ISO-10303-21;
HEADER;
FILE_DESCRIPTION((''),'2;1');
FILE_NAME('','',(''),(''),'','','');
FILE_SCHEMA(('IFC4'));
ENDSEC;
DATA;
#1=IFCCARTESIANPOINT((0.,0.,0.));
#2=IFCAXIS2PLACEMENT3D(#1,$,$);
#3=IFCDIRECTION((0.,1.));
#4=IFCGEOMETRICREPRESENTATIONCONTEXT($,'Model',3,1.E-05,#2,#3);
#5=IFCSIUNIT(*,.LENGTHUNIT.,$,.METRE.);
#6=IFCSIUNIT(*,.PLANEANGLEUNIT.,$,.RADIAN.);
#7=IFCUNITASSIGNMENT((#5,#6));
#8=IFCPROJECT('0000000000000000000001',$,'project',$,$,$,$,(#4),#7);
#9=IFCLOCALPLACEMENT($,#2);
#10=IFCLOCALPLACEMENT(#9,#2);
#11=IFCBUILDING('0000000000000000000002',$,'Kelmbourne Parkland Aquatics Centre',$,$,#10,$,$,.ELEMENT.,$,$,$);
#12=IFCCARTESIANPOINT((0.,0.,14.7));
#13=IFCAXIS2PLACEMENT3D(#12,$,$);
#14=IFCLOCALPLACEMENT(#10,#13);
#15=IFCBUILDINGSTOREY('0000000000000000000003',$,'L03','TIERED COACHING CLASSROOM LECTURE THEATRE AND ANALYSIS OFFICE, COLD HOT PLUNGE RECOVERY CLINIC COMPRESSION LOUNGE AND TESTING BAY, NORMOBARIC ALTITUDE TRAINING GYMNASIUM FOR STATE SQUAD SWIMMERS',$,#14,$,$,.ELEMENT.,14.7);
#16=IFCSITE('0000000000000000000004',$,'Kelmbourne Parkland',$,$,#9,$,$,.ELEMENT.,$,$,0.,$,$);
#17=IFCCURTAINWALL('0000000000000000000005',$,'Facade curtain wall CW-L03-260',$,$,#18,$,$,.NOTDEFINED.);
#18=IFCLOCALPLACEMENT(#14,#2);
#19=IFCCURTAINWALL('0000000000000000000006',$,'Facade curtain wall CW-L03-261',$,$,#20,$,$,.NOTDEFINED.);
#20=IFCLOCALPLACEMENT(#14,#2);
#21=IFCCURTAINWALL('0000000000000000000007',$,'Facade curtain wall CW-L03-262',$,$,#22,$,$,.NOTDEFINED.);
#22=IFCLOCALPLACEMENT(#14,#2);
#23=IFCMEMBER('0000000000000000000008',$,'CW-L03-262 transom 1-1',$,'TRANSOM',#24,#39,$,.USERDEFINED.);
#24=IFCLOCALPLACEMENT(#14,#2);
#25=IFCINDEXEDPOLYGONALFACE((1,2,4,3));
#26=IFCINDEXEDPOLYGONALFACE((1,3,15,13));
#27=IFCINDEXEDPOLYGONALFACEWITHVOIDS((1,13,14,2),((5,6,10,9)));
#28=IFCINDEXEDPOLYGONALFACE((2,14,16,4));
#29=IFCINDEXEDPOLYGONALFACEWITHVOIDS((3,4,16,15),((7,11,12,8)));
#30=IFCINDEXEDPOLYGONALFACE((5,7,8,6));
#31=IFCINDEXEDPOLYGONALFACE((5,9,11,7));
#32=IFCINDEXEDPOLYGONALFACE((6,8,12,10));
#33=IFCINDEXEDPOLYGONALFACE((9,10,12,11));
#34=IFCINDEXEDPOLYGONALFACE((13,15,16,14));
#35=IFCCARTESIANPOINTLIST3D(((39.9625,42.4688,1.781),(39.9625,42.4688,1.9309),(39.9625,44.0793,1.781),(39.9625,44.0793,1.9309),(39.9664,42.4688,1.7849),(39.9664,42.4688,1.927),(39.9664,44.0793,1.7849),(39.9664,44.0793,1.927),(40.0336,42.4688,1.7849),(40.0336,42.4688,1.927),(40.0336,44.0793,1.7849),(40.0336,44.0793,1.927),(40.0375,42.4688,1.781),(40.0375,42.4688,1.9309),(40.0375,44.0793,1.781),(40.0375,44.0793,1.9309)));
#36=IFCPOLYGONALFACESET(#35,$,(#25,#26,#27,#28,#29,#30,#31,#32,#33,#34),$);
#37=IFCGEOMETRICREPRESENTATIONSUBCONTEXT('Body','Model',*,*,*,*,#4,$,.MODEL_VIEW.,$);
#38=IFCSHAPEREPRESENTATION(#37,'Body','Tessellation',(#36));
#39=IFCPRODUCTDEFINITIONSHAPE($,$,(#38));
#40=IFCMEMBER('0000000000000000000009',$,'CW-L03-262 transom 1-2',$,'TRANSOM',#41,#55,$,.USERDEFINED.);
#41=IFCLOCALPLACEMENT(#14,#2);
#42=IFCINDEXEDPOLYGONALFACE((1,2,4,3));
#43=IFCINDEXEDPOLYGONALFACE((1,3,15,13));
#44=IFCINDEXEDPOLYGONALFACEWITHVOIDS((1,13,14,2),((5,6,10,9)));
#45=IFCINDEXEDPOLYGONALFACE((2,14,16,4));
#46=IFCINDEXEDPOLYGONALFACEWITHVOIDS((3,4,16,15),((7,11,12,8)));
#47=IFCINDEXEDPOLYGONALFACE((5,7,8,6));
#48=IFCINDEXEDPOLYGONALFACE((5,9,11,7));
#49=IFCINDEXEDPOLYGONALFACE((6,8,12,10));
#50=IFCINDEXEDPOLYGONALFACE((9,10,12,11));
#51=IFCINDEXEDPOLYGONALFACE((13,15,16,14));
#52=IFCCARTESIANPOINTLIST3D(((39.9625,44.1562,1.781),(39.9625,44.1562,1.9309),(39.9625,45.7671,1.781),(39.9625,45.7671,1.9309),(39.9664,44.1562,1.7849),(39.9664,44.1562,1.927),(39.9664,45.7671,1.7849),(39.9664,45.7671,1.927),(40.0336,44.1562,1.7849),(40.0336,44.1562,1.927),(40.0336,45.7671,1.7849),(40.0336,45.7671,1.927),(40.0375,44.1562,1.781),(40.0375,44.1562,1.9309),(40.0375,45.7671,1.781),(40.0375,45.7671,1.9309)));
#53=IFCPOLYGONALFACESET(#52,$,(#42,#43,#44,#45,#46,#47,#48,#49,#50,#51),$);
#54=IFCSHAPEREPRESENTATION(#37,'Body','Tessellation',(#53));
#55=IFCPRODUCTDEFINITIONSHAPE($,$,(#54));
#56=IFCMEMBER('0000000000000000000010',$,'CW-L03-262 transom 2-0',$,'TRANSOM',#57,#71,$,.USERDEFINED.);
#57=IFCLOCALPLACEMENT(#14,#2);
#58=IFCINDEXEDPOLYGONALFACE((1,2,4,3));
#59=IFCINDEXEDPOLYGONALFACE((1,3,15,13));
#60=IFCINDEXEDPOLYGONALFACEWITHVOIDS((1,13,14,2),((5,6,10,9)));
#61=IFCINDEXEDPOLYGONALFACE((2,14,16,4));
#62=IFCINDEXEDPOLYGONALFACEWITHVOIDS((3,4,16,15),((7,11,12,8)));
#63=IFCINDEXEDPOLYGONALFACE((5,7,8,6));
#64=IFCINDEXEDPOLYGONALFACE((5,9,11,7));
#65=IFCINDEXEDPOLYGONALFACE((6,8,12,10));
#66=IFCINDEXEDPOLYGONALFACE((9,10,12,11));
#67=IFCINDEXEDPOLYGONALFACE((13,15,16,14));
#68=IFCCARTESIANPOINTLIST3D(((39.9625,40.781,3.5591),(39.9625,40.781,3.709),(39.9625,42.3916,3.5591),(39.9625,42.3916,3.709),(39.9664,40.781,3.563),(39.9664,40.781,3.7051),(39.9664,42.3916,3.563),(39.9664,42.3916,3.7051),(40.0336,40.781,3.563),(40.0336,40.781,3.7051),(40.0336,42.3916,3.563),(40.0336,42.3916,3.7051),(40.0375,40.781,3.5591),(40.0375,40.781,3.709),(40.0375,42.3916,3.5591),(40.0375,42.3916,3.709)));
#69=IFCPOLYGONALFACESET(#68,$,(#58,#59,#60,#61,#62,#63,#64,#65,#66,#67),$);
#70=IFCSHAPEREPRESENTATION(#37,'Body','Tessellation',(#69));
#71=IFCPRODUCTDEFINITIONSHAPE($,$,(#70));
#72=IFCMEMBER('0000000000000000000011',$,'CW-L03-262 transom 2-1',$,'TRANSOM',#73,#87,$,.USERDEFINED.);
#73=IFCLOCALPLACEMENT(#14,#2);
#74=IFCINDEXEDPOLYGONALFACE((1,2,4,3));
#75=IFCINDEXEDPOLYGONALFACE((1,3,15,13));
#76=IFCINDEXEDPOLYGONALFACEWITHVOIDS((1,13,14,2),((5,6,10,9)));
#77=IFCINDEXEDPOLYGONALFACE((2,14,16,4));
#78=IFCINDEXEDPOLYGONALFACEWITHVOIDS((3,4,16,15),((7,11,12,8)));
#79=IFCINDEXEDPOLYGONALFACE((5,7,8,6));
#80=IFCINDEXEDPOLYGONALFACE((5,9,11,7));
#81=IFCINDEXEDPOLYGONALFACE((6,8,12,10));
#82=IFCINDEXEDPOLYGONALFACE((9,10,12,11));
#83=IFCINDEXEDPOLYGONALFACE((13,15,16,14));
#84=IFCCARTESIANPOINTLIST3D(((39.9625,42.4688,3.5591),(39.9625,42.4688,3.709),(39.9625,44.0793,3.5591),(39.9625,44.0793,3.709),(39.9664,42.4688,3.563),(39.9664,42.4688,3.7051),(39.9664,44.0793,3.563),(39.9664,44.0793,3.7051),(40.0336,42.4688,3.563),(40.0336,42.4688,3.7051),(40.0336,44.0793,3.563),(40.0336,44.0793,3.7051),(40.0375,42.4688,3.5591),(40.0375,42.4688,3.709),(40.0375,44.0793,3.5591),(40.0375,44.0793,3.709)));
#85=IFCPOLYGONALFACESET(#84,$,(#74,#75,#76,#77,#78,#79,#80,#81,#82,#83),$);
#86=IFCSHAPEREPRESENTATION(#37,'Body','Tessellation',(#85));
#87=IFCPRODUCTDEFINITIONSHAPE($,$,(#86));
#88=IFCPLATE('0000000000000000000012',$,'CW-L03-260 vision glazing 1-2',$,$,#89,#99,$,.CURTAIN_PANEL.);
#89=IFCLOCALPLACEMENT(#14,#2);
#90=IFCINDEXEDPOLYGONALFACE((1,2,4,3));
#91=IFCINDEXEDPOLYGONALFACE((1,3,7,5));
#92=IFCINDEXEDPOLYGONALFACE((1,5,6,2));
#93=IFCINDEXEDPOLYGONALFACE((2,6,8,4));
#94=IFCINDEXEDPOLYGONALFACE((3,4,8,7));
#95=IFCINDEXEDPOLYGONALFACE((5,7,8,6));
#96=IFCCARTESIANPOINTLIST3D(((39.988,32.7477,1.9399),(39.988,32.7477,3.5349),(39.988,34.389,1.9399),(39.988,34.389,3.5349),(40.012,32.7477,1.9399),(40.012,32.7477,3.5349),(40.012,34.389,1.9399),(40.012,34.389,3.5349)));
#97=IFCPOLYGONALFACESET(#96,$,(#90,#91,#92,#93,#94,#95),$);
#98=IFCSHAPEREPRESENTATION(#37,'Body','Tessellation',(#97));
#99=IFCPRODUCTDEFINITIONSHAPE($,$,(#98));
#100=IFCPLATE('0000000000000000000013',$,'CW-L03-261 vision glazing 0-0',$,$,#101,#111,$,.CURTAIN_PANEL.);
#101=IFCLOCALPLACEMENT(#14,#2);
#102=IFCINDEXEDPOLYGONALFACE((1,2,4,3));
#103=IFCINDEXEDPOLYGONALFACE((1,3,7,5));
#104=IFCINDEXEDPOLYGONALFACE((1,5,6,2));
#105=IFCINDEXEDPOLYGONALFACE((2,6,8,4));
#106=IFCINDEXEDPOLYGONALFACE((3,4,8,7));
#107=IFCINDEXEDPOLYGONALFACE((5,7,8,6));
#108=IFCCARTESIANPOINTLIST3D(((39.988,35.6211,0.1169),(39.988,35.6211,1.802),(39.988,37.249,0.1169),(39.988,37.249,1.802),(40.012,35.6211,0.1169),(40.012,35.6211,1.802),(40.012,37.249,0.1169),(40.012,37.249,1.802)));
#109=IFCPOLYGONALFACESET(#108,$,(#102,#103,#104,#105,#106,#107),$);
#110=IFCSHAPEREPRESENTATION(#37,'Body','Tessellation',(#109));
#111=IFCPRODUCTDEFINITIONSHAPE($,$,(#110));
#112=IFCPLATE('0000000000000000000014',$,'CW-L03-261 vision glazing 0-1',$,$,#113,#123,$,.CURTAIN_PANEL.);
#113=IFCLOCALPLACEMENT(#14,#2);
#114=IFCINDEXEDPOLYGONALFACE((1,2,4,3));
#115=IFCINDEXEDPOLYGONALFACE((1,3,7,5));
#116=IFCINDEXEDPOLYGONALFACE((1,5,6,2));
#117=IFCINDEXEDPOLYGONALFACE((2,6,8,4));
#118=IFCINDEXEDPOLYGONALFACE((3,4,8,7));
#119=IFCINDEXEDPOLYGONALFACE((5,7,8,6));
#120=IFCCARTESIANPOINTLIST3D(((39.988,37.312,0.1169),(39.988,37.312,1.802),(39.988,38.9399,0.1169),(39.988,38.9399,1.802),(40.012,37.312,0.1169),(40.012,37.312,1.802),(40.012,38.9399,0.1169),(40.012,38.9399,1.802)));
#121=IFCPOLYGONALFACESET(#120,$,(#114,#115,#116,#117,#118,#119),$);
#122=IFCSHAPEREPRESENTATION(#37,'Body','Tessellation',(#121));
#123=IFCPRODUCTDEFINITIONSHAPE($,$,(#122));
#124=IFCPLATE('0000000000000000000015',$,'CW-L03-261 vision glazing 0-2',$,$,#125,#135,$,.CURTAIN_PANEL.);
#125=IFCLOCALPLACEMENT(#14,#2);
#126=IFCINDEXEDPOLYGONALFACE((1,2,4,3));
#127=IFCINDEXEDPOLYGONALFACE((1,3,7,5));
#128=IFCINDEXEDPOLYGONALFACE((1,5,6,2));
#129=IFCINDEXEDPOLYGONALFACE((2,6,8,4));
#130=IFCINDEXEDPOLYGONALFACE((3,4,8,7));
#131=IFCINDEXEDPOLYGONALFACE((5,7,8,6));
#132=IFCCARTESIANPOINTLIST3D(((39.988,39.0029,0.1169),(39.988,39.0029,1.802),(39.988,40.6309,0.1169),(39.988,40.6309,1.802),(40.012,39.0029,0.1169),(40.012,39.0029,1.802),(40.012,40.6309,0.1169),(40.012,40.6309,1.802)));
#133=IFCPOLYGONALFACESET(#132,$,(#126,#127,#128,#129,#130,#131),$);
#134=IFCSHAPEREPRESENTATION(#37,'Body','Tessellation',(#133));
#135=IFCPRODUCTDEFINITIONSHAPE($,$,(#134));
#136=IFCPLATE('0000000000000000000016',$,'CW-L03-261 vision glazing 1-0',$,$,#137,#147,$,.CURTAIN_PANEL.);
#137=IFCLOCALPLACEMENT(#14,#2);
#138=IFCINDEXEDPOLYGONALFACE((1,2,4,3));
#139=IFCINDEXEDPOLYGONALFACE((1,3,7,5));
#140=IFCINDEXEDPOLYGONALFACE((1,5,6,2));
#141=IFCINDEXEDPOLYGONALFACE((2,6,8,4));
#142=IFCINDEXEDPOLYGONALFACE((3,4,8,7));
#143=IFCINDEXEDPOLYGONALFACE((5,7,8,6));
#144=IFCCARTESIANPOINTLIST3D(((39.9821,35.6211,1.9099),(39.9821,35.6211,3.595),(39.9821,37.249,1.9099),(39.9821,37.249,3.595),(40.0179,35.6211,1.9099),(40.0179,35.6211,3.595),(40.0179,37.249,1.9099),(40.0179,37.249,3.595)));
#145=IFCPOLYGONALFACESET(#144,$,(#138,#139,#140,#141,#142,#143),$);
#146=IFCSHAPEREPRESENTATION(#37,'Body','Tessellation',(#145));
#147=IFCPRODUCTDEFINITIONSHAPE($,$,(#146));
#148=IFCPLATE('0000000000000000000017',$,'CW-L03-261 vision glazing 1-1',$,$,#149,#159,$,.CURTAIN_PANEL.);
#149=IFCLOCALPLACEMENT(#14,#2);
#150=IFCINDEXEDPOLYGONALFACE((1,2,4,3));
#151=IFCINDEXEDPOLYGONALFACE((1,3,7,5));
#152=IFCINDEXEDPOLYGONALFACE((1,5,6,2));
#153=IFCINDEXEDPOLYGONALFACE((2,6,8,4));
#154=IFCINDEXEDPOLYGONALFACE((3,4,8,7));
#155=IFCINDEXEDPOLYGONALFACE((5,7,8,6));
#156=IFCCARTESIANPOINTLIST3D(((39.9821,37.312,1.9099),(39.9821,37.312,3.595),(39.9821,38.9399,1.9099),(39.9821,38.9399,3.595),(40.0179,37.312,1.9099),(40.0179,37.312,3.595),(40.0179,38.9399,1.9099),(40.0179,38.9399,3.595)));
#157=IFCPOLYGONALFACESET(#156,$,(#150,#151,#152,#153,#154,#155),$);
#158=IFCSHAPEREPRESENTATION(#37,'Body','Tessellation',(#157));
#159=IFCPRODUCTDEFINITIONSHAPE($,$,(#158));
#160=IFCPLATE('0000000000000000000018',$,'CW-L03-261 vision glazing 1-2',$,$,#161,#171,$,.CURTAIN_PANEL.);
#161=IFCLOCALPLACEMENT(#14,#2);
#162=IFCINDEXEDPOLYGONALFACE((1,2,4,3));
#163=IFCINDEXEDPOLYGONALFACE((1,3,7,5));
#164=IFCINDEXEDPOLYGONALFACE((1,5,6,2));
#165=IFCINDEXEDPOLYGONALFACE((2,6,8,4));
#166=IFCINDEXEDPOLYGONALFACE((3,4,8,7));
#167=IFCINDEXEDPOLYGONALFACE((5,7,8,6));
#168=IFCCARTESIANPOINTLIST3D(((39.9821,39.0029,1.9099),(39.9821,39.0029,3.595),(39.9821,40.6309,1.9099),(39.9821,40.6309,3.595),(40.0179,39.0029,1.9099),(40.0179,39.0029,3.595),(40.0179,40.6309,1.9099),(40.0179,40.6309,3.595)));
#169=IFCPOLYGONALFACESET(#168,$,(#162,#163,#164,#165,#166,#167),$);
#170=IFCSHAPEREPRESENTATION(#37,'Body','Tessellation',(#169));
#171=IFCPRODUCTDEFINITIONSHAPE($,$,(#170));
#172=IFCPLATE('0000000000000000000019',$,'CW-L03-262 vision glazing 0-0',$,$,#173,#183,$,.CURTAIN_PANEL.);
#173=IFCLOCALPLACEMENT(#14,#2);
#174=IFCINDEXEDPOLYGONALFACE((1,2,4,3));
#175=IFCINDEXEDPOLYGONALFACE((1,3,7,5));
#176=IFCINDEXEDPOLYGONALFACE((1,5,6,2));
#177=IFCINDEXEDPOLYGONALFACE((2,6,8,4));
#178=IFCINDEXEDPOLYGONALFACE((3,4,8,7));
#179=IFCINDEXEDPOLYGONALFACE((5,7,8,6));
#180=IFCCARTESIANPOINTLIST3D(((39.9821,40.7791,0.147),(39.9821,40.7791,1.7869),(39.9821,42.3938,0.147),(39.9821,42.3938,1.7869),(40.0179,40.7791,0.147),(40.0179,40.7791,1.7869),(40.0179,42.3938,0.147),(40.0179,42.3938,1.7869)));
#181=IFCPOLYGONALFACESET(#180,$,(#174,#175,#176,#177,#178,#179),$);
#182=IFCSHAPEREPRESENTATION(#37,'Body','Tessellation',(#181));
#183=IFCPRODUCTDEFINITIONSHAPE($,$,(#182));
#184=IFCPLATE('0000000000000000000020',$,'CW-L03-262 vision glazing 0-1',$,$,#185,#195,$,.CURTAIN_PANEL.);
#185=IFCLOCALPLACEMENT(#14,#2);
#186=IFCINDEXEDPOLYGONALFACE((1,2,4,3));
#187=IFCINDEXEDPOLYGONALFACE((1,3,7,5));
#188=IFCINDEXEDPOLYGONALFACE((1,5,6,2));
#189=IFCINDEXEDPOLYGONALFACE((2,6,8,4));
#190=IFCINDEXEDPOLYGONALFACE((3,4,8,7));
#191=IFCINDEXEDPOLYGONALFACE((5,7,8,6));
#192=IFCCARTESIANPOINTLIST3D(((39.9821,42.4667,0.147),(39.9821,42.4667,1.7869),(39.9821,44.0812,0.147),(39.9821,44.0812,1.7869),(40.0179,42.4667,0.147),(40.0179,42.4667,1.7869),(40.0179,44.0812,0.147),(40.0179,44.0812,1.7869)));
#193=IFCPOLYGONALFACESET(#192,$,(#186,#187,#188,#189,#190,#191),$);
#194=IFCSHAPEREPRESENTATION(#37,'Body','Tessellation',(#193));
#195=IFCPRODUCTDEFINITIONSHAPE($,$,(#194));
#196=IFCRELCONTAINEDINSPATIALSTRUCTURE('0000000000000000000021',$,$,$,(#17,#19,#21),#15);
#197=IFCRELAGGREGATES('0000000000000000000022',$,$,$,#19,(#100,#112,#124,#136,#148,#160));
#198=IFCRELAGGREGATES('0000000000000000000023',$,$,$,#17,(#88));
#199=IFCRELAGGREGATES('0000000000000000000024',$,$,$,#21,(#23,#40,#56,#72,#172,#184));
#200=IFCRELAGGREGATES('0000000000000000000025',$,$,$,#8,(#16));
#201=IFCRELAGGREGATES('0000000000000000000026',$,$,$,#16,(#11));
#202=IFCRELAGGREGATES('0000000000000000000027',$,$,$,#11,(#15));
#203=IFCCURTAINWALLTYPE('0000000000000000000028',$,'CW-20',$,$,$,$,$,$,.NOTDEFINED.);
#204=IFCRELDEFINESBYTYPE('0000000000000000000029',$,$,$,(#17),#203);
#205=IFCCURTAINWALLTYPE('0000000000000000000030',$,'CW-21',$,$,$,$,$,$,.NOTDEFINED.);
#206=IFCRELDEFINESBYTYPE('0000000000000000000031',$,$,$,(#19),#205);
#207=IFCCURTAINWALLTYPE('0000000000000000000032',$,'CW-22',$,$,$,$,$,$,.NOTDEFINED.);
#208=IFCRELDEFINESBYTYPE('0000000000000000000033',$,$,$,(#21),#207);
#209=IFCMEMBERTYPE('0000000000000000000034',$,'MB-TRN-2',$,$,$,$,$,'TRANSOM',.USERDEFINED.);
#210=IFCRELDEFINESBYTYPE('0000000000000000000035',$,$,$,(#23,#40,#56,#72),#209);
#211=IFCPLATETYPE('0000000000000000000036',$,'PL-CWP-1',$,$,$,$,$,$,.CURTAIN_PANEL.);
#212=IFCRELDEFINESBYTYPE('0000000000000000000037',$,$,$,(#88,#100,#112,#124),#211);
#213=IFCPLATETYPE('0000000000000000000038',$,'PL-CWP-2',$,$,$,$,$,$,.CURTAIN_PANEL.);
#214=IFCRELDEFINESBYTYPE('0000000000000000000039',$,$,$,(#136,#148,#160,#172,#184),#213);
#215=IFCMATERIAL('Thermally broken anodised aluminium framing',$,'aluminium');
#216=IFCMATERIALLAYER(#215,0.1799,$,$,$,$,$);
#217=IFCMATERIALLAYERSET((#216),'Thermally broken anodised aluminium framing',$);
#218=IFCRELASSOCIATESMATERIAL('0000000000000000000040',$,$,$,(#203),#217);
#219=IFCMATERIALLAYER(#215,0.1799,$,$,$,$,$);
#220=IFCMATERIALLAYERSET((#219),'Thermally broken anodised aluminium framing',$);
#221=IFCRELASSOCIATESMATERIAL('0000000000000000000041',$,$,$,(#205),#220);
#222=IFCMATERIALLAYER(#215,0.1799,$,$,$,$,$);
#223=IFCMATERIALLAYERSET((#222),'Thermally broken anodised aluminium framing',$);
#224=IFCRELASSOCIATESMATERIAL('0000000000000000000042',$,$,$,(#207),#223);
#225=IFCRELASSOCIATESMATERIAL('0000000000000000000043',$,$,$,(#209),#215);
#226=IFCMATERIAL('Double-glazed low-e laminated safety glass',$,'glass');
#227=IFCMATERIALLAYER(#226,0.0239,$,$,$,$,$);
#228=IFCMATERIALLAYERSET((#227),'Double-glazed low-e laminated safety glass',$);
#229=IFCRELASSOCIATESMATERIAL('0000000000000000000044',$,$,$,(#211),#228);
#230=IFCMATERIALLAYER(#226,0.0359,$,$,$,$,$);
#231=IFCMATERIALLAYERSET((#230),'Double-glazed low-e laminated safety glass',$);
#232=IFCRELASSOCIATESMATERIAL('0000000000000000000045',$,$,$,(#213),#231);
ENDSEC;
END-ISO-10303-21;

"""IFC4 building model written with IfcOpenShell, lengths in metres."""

from ifc_helpers import new_model, si_unit, direction, frame, origin, origin_2d, place, context, subcontext, project, spatial, rectangle, hollow_rectangle, extrude, material, layer, layer_set, material_profile, profile_set, type_object, element, aggregate, save


model = new_model("IFC4")

# Units and contexts
model_context = context("Model", 3, precision=1e-05, world=origin(), true_north=direction((0.0, 1.0)))
body_context = subcontext(model_context, "Body", "Model", "MODEL_VIEW")
ifc_project = project(units=[si_unit("LENGTHUNIT", "METRE"), si_unit("PLANEANGLEUNIT", "RADIAN")], contexts=[model_context])

# Site, building, storey
site_placement = place(None, origin())
site = spatial("IfcSite", under=ifc_project, at=site_placement, Name="Kelmbourne Parkland", CompositionType="ELEMENT", RefElevation=0.0)
building_placement = place(site_placement, origin())
building = spatial("IfcBuilding", under=site, at=building_placement, Name="Kelmbourne Parkland Aquatics Centre", CompositionType="ELEMENT")
storey_placement = place(building_placement, frame((0.0, 0.0, 14.7)))
storey = spatial("IfcBuildingStorey", under=building, at=storey_placement, Name="L03", Description="TIERED COACHING CLASSROOM LECTURE THEATRE AND ANALYSIS OFFICE, COLD HOT PLUNGE RECOVERY CLINIC COMPRESSION LOUNGE AND TESTING BAY, NORMOBARIC ALTITUDE TRAINING GYMNASIUM FOR STATE SQUAD SWIMMERS", CompositionType="ELEMENT", Elevation=14.7)

# Curtain wall
ifc_material_1 = material(Name="Thermally broken anodised aluminium framing", Category="aluminium")
ifc_layer_1 = layer(ifc_material_1, 0.1799)
ifc_layer_set_1 = layer_set([ifc_layer_1], Name="Thermally broken anodised aluminium framing")
curtain_wall_type_1 = type_object("IfcCurtainWallType", Name="CW-20", PredefinedType="NOTDEFINED", material=ifc_layer_set_1)
curtain_wall_1_placement = place(storey_placement, origin())
curtain_wall_1 = element("IfcCurtainWall", 1, at=curtain_wall_1_placement, inside=storey, type_object=curtain_wall_type_1, Name="Facade curtain wall CW-L03-260", PredefinedType="NOTDEFINED")

# Curtain walls
ifc_layer_2 = layer(ifc_material_1, 0.1799)
ifc_layer_set_2 = layer_set([ifc_layer_2], Name="Thermally broken anodised aluminium framing")
curtain_wall_type_2 = type_object("IfcCurtainWallType", Name="CW-21", PredefinedType="NOTDEFINED", material=ifc_layer_set_2)
curtain_wall_2_placement = place(storey_placement, origin())
curtain_wall_2 = element("IfcCurtainWall", 2, at=curtain_wall_2_placement, inside=storey, type_object=curtain_wall_type_2, Name="Facade curtain wall CW-L03-261", PredefinedType="NOTDEFINED")
ifc_layer_3 = layer(ifc_material_1, 0.1799)
ifc_layer_set_3 = layer_set([ifc_layer_3], Name="Thermally broken anodised aluminium framing")
curtain_wall_type_3 = type_object("IfcCurtainWallType", Name="CW-22", PredefinedType="NOTDEFINED", material=ifc_layer_set_3)
curtain_wall_3_placement = place(storey_placement, origin())
curtain_wall_3 = element("IfcCurtainWall", 3, at=curtain_wall_3_placement, inside=storey, type_object=curtain_wall_type_3, Name="Facade curtain wall CW-L03-262", PredefinedType="NOTDEFINED")

# Members
ifc_material_profile_1 = material_profile(ifc_material_1, hollow_rectangle(XDim=0.075, YDim=0.1499, WallThickness=0.0039, at=origin_2d()), Name="CW-T 75x150")
ifc_profile_set_1 = profile_set([ifc_material_profile_1], Name="Thermally broken anodised aluminium framing")
member_type_1 = type_object("IfcMemberType", Name="MB-TRN-2", ElementType="TRANSOM", PredefinedType="USERDEFINED", material=ifc_profile_set_1)
member_1_placement = place(storey_placement, frame((40.0, 42.4688, 1.856), z_axis=(0.0, 1.0, 0.0), x_axis=(-1.0, 0.0, 0.0)))
member_1 = element("IfcMember", 4, at=member_1_placement, type_object=member_type_1, Name="CW-L03-262 transom 1-1", ObjectType="TRANSOM", PredefinedType="USERDEFINED", context=body_context, shape_type="SweptSolid", body=[
    extrude(hollow_rectangle(XDim=0.075, YDim=0.1499, WallThickness=0.0039, at=origin_2d()), origin(), (0.0, 0.0, 1.0), 1.6106),
])
member_2_placement = place(storey_placement, frame((40.0, 44.1562, 1.856), z_axis=(0.0, 1.0, 0.0), x_axis=(-1.0, 0.0, 0.0)))
member_2 = element("IfcMember", 5, at=member_2_placement, type_object=member_type_1, Name="CW-L03-262 transom 1-2", ObjectType="TRANSOM", PredefinedType="USERDEFINED", context=body_context, shape_type="SweptSolid", body=[
    extrude(hollow_rectangle(XDim=0.075, YDim=0.1499, WallThickness=0.0039, at=origin_2d()), origin(), (0.0, 0.0, 1.0), 1.6108),
])
member_3_placement = place(storey_placement, frame((40.0, 40.781, 3.634), z_axis=(0.0, 1.0, 0.0), x_axis=(-1.0, 0.0, 0.0)))
member_3 = element("IfcMember", 6, at=member_3_placement, type_object=member_type_1, Name="CW-L03-262 transom 2-0", ObjectType="TRANSOM", PredefinedType="USERDEFINED", context=body_context, shape_type="SweptSolid", body=[
    extrude(hollow_rectangle(XDim=0.075, YDim=0.1499, WallThickness=0.0039, at=origin_2d()), origin(), (0.0, 0.0, 1.0), 1.6106),
])
member_4_placement = place(storey_placement, frame((40.0, 42.4688, 3.634), z_axis=(0.0, 1.0, 0.0), x_axis=(-1.0, 0.0, 0.0)))
member_4 = element("IfcMember", 7, at=member_4_placement, type_object=member_type_1, Name="CW-L03-262 transom 2-1", ObjectType="TRANSOM", PredefinedType="USERDEFINED", context=body_context, shape_type="SweptSolid", body=[
    extrude(hollow_rectangle(XDim=0.075, YDim=0.1499, WallThickness=0.0039, at=origin_2d()), origin(), (0.0, 0.0, 1.0), 1.6106),
])

# Plates
ifc_material_2 = material(Name="Double-glazed low-e laminated safety glass", Category="glass")
ifc_layer_4 = layer(ifc_material_2, 0.0239)
ifc_layer_set_4 = layer_set([ifc_layer_4], Name="Double-glazed low-e laminated safety glass")
plate_type_1 = type_object("IfcPlateType", Name="PL-CWP-1", PredefinedType="CURTAIN_PANEL", material=ifc_layer_set_4)
plate_1_placement = place(storey_placement, frame((40.0, 33.5684, 1.9399), z_axis=(0.0, 0.0, 1.0), x_axis=(0.0, 1.0, 0.0)))
plate_1 = element("IfcPlate", 8, at=plate_1_placement, type_object=plate_type_1, Name="CW-L03-260 vision glazing 1-2", PredefinedType="CURTAIN_PANEL", context=body_context, shape_type="SweptSolid", body=[
    extrude(rectangle(XDim=1.6414, YDim=0.0239, at=origin_2d()), origin(), (0.0, 0.0, 1.0), 1.595),
])
plate_2_placement = place(storey_placement, frame((40.0, 36.4351, 0.1169), z_axis=(0.0, 0.0, 1.0), x_axis=(0.0, 1.0, 0.0)))
plate_2 = element("IfcPlate", 9, at=plate_2_placement, type_object=plate_type_1, Name="CW-L03-261 vision glazing 0-0", PredefinedType="CURTAIN_PANEL", context=body_context, shape_type="SweptSolid", body=[
    extrude(rectangle(XDim=1.6279, YDim=0.0239, at=origin_2d()), origin(), (0.0, 0.0, 1.0), 1.6851),
])
plate_3_placement = place(storey_placement, frame((40.0, 38.126, 0.1169), z_axis=(0.0, 0.0, 1.0), x_axis=(0.0, 1.0, 0.0)))
plate_3 = element("IfcPlate", 10, at=plate_3_placement, type_object=plate_type_1, Name="CW-L03-261 vision glazing 0-1", PredefinedType="CURTAIN_PANEL", context=body_context, shape_type="SweptSolid", body=[
    extrude(rectangle(XDim=1.6279, YDim=0.0239, at=origin_2d()), origin(), (0.0, 0.0, 1.0), 1.6851),
])
plate_4_placement = place(storey_placement, frame((40.0, 39.8169, 0.1169), z_axis=(0.0, 0.0, 1.0), x_axis=(0.0, 1.0, 0.0)))
plate_4 = element("IfcPlate", 11, at=plate_4_placement, type_object=plate_type_1, Name="CW-L03-261 vision glazing 0-2", PredefinedType="CURTAIN_PANEL", context=body_context, shape_type="SweptSolid", body=[
    extrude(rectangle(XDim=1.6279, YDim=0.0239, at=origin_2d()), origin(), (0.0, 0.0, 1.0), 1.6851),
])
ifc_layer_5 = layer(ifc_material_2, 0.0359)
ifc_layer_set_5 = layer_set([ifc_layer_5], Name="Double-glazed low-e laminated safety glass")
plate_type_2 = type_object("IfcPlateType", Name="PL-CWP-2", PredefinedType="CURTAIN_PANEL", material=ifc_layer_set_5)
plate_5_placement = place(storey_placement, frame((40.0, 36.4351, 1.9099), z_axis=(0.0, 0.0, 1.0), x_axis=(0.0, 1.0, 0.0)))
plate_5 = element("IfcPlate", 12, at=plate_5_placement, type_object=plate_type_2, Name="CW-L03-261 vision glazing 1-0", PredefinedType="CURTAIN_PANEL", context=body_context, shape_type="SweptSolid", body=[
    extrude(rectangle(XDim=1.6279, YDim=0.0359, at=origin_2d()), origin(), (0.0, 0.0, 1.0), 1.6851),
])
plate_6_placement = place(storey_placement, frame((40.0, 38.126, 1.9099), z_axis=(0.0, 0.0, 1.0), x_axis=(0.0, 1.0, 0.0)))
plate_6 = element("IfcPlate", 13, at=plate_6_placement, type_object=plate_type_2, Name="CW-L03-261 vision glazing 1-1", PredefinedType="CURTAIN_PANEL", context=body_context, shape_type="SweptSolid", body=[
    extrude(rectangle(XDim=1.6279, YDim=0.0359, at=origin_2d()), origin(), (0.0, 0.0, 1.0), 1.6851),
])
plate_7_placement = place(storey_placement, frame((40.0, 39.8169, 1.9099), z_axis=(0.0, 0.0, 1.0), x_axis=(0.0, 1.0, 0.0)))
plate_7 = element("IfcPlate", 14, at=plate_7_placement, type_object=plate_type_2, Name="CW-L03-261 vision glazing 1-2", PredefinedType="CURTAIN_PANEL", context=body_context, shape_type="SweptSolid", body=[
    extrude(rectangle(XDim=1.6279, YDim=0.0359, at=origin_2d()), origin(), (0.0, 0.0, 1.0), 1.6851),
])
aggregate(curtain_wall_2, [plate_2, plate_3, plate_4, plate_5, plate_6, plate_7])
plate_8_placement = place(storey_placement, frame((40.0, 41.5864, 0.147), z_axis=(0.0, 0.0, 1.0), x_axis=(0.0, 1.0, 0.0)))
plate_8 = element("IfcPlate", 15, at=plate_8_placement, type_object=plate_type_2, Name="CW-L03-262 vision glazing 0-0", PredefinedType="CURTAIN_PANEL", context=body_context, shape_type="SweptSolid", body=[
    extrude(rectangle(XDim=1.6147, YDim=0.0359, at=origin_2d()), origin(), (0.0, 0.0, 1.0), 1.6399),
])
plate_9_placement = place(storey_placement, frame((40.0, 43.2739, 0.147), z_axis=(0.0, 0.0, 1.0), x_axis=(0.0, 1.0, 0.0)))
plate_9 = element("IfcPlate", 16, at=plate_9_placement, type_object=plate_type_2, Name="CW-L03-262 vision glazing 0-1", PredefinedType="CURTAIN_PANEL", context=body_context, shape_type="SweptSolid", body=[
    extrude(rectangle(XDim=1.6145, YDim=0.0359, at=origin_2d()), origin(), (0.0, 0.0, 1.0), 1.6399),
])
aggregate(curtain_wall_1, [plate_1])
aggregate(curtain_wall_3, [member_1, member_2, member_3, member_4, plate_8, plate_9])

save(model, "model.ifc")
